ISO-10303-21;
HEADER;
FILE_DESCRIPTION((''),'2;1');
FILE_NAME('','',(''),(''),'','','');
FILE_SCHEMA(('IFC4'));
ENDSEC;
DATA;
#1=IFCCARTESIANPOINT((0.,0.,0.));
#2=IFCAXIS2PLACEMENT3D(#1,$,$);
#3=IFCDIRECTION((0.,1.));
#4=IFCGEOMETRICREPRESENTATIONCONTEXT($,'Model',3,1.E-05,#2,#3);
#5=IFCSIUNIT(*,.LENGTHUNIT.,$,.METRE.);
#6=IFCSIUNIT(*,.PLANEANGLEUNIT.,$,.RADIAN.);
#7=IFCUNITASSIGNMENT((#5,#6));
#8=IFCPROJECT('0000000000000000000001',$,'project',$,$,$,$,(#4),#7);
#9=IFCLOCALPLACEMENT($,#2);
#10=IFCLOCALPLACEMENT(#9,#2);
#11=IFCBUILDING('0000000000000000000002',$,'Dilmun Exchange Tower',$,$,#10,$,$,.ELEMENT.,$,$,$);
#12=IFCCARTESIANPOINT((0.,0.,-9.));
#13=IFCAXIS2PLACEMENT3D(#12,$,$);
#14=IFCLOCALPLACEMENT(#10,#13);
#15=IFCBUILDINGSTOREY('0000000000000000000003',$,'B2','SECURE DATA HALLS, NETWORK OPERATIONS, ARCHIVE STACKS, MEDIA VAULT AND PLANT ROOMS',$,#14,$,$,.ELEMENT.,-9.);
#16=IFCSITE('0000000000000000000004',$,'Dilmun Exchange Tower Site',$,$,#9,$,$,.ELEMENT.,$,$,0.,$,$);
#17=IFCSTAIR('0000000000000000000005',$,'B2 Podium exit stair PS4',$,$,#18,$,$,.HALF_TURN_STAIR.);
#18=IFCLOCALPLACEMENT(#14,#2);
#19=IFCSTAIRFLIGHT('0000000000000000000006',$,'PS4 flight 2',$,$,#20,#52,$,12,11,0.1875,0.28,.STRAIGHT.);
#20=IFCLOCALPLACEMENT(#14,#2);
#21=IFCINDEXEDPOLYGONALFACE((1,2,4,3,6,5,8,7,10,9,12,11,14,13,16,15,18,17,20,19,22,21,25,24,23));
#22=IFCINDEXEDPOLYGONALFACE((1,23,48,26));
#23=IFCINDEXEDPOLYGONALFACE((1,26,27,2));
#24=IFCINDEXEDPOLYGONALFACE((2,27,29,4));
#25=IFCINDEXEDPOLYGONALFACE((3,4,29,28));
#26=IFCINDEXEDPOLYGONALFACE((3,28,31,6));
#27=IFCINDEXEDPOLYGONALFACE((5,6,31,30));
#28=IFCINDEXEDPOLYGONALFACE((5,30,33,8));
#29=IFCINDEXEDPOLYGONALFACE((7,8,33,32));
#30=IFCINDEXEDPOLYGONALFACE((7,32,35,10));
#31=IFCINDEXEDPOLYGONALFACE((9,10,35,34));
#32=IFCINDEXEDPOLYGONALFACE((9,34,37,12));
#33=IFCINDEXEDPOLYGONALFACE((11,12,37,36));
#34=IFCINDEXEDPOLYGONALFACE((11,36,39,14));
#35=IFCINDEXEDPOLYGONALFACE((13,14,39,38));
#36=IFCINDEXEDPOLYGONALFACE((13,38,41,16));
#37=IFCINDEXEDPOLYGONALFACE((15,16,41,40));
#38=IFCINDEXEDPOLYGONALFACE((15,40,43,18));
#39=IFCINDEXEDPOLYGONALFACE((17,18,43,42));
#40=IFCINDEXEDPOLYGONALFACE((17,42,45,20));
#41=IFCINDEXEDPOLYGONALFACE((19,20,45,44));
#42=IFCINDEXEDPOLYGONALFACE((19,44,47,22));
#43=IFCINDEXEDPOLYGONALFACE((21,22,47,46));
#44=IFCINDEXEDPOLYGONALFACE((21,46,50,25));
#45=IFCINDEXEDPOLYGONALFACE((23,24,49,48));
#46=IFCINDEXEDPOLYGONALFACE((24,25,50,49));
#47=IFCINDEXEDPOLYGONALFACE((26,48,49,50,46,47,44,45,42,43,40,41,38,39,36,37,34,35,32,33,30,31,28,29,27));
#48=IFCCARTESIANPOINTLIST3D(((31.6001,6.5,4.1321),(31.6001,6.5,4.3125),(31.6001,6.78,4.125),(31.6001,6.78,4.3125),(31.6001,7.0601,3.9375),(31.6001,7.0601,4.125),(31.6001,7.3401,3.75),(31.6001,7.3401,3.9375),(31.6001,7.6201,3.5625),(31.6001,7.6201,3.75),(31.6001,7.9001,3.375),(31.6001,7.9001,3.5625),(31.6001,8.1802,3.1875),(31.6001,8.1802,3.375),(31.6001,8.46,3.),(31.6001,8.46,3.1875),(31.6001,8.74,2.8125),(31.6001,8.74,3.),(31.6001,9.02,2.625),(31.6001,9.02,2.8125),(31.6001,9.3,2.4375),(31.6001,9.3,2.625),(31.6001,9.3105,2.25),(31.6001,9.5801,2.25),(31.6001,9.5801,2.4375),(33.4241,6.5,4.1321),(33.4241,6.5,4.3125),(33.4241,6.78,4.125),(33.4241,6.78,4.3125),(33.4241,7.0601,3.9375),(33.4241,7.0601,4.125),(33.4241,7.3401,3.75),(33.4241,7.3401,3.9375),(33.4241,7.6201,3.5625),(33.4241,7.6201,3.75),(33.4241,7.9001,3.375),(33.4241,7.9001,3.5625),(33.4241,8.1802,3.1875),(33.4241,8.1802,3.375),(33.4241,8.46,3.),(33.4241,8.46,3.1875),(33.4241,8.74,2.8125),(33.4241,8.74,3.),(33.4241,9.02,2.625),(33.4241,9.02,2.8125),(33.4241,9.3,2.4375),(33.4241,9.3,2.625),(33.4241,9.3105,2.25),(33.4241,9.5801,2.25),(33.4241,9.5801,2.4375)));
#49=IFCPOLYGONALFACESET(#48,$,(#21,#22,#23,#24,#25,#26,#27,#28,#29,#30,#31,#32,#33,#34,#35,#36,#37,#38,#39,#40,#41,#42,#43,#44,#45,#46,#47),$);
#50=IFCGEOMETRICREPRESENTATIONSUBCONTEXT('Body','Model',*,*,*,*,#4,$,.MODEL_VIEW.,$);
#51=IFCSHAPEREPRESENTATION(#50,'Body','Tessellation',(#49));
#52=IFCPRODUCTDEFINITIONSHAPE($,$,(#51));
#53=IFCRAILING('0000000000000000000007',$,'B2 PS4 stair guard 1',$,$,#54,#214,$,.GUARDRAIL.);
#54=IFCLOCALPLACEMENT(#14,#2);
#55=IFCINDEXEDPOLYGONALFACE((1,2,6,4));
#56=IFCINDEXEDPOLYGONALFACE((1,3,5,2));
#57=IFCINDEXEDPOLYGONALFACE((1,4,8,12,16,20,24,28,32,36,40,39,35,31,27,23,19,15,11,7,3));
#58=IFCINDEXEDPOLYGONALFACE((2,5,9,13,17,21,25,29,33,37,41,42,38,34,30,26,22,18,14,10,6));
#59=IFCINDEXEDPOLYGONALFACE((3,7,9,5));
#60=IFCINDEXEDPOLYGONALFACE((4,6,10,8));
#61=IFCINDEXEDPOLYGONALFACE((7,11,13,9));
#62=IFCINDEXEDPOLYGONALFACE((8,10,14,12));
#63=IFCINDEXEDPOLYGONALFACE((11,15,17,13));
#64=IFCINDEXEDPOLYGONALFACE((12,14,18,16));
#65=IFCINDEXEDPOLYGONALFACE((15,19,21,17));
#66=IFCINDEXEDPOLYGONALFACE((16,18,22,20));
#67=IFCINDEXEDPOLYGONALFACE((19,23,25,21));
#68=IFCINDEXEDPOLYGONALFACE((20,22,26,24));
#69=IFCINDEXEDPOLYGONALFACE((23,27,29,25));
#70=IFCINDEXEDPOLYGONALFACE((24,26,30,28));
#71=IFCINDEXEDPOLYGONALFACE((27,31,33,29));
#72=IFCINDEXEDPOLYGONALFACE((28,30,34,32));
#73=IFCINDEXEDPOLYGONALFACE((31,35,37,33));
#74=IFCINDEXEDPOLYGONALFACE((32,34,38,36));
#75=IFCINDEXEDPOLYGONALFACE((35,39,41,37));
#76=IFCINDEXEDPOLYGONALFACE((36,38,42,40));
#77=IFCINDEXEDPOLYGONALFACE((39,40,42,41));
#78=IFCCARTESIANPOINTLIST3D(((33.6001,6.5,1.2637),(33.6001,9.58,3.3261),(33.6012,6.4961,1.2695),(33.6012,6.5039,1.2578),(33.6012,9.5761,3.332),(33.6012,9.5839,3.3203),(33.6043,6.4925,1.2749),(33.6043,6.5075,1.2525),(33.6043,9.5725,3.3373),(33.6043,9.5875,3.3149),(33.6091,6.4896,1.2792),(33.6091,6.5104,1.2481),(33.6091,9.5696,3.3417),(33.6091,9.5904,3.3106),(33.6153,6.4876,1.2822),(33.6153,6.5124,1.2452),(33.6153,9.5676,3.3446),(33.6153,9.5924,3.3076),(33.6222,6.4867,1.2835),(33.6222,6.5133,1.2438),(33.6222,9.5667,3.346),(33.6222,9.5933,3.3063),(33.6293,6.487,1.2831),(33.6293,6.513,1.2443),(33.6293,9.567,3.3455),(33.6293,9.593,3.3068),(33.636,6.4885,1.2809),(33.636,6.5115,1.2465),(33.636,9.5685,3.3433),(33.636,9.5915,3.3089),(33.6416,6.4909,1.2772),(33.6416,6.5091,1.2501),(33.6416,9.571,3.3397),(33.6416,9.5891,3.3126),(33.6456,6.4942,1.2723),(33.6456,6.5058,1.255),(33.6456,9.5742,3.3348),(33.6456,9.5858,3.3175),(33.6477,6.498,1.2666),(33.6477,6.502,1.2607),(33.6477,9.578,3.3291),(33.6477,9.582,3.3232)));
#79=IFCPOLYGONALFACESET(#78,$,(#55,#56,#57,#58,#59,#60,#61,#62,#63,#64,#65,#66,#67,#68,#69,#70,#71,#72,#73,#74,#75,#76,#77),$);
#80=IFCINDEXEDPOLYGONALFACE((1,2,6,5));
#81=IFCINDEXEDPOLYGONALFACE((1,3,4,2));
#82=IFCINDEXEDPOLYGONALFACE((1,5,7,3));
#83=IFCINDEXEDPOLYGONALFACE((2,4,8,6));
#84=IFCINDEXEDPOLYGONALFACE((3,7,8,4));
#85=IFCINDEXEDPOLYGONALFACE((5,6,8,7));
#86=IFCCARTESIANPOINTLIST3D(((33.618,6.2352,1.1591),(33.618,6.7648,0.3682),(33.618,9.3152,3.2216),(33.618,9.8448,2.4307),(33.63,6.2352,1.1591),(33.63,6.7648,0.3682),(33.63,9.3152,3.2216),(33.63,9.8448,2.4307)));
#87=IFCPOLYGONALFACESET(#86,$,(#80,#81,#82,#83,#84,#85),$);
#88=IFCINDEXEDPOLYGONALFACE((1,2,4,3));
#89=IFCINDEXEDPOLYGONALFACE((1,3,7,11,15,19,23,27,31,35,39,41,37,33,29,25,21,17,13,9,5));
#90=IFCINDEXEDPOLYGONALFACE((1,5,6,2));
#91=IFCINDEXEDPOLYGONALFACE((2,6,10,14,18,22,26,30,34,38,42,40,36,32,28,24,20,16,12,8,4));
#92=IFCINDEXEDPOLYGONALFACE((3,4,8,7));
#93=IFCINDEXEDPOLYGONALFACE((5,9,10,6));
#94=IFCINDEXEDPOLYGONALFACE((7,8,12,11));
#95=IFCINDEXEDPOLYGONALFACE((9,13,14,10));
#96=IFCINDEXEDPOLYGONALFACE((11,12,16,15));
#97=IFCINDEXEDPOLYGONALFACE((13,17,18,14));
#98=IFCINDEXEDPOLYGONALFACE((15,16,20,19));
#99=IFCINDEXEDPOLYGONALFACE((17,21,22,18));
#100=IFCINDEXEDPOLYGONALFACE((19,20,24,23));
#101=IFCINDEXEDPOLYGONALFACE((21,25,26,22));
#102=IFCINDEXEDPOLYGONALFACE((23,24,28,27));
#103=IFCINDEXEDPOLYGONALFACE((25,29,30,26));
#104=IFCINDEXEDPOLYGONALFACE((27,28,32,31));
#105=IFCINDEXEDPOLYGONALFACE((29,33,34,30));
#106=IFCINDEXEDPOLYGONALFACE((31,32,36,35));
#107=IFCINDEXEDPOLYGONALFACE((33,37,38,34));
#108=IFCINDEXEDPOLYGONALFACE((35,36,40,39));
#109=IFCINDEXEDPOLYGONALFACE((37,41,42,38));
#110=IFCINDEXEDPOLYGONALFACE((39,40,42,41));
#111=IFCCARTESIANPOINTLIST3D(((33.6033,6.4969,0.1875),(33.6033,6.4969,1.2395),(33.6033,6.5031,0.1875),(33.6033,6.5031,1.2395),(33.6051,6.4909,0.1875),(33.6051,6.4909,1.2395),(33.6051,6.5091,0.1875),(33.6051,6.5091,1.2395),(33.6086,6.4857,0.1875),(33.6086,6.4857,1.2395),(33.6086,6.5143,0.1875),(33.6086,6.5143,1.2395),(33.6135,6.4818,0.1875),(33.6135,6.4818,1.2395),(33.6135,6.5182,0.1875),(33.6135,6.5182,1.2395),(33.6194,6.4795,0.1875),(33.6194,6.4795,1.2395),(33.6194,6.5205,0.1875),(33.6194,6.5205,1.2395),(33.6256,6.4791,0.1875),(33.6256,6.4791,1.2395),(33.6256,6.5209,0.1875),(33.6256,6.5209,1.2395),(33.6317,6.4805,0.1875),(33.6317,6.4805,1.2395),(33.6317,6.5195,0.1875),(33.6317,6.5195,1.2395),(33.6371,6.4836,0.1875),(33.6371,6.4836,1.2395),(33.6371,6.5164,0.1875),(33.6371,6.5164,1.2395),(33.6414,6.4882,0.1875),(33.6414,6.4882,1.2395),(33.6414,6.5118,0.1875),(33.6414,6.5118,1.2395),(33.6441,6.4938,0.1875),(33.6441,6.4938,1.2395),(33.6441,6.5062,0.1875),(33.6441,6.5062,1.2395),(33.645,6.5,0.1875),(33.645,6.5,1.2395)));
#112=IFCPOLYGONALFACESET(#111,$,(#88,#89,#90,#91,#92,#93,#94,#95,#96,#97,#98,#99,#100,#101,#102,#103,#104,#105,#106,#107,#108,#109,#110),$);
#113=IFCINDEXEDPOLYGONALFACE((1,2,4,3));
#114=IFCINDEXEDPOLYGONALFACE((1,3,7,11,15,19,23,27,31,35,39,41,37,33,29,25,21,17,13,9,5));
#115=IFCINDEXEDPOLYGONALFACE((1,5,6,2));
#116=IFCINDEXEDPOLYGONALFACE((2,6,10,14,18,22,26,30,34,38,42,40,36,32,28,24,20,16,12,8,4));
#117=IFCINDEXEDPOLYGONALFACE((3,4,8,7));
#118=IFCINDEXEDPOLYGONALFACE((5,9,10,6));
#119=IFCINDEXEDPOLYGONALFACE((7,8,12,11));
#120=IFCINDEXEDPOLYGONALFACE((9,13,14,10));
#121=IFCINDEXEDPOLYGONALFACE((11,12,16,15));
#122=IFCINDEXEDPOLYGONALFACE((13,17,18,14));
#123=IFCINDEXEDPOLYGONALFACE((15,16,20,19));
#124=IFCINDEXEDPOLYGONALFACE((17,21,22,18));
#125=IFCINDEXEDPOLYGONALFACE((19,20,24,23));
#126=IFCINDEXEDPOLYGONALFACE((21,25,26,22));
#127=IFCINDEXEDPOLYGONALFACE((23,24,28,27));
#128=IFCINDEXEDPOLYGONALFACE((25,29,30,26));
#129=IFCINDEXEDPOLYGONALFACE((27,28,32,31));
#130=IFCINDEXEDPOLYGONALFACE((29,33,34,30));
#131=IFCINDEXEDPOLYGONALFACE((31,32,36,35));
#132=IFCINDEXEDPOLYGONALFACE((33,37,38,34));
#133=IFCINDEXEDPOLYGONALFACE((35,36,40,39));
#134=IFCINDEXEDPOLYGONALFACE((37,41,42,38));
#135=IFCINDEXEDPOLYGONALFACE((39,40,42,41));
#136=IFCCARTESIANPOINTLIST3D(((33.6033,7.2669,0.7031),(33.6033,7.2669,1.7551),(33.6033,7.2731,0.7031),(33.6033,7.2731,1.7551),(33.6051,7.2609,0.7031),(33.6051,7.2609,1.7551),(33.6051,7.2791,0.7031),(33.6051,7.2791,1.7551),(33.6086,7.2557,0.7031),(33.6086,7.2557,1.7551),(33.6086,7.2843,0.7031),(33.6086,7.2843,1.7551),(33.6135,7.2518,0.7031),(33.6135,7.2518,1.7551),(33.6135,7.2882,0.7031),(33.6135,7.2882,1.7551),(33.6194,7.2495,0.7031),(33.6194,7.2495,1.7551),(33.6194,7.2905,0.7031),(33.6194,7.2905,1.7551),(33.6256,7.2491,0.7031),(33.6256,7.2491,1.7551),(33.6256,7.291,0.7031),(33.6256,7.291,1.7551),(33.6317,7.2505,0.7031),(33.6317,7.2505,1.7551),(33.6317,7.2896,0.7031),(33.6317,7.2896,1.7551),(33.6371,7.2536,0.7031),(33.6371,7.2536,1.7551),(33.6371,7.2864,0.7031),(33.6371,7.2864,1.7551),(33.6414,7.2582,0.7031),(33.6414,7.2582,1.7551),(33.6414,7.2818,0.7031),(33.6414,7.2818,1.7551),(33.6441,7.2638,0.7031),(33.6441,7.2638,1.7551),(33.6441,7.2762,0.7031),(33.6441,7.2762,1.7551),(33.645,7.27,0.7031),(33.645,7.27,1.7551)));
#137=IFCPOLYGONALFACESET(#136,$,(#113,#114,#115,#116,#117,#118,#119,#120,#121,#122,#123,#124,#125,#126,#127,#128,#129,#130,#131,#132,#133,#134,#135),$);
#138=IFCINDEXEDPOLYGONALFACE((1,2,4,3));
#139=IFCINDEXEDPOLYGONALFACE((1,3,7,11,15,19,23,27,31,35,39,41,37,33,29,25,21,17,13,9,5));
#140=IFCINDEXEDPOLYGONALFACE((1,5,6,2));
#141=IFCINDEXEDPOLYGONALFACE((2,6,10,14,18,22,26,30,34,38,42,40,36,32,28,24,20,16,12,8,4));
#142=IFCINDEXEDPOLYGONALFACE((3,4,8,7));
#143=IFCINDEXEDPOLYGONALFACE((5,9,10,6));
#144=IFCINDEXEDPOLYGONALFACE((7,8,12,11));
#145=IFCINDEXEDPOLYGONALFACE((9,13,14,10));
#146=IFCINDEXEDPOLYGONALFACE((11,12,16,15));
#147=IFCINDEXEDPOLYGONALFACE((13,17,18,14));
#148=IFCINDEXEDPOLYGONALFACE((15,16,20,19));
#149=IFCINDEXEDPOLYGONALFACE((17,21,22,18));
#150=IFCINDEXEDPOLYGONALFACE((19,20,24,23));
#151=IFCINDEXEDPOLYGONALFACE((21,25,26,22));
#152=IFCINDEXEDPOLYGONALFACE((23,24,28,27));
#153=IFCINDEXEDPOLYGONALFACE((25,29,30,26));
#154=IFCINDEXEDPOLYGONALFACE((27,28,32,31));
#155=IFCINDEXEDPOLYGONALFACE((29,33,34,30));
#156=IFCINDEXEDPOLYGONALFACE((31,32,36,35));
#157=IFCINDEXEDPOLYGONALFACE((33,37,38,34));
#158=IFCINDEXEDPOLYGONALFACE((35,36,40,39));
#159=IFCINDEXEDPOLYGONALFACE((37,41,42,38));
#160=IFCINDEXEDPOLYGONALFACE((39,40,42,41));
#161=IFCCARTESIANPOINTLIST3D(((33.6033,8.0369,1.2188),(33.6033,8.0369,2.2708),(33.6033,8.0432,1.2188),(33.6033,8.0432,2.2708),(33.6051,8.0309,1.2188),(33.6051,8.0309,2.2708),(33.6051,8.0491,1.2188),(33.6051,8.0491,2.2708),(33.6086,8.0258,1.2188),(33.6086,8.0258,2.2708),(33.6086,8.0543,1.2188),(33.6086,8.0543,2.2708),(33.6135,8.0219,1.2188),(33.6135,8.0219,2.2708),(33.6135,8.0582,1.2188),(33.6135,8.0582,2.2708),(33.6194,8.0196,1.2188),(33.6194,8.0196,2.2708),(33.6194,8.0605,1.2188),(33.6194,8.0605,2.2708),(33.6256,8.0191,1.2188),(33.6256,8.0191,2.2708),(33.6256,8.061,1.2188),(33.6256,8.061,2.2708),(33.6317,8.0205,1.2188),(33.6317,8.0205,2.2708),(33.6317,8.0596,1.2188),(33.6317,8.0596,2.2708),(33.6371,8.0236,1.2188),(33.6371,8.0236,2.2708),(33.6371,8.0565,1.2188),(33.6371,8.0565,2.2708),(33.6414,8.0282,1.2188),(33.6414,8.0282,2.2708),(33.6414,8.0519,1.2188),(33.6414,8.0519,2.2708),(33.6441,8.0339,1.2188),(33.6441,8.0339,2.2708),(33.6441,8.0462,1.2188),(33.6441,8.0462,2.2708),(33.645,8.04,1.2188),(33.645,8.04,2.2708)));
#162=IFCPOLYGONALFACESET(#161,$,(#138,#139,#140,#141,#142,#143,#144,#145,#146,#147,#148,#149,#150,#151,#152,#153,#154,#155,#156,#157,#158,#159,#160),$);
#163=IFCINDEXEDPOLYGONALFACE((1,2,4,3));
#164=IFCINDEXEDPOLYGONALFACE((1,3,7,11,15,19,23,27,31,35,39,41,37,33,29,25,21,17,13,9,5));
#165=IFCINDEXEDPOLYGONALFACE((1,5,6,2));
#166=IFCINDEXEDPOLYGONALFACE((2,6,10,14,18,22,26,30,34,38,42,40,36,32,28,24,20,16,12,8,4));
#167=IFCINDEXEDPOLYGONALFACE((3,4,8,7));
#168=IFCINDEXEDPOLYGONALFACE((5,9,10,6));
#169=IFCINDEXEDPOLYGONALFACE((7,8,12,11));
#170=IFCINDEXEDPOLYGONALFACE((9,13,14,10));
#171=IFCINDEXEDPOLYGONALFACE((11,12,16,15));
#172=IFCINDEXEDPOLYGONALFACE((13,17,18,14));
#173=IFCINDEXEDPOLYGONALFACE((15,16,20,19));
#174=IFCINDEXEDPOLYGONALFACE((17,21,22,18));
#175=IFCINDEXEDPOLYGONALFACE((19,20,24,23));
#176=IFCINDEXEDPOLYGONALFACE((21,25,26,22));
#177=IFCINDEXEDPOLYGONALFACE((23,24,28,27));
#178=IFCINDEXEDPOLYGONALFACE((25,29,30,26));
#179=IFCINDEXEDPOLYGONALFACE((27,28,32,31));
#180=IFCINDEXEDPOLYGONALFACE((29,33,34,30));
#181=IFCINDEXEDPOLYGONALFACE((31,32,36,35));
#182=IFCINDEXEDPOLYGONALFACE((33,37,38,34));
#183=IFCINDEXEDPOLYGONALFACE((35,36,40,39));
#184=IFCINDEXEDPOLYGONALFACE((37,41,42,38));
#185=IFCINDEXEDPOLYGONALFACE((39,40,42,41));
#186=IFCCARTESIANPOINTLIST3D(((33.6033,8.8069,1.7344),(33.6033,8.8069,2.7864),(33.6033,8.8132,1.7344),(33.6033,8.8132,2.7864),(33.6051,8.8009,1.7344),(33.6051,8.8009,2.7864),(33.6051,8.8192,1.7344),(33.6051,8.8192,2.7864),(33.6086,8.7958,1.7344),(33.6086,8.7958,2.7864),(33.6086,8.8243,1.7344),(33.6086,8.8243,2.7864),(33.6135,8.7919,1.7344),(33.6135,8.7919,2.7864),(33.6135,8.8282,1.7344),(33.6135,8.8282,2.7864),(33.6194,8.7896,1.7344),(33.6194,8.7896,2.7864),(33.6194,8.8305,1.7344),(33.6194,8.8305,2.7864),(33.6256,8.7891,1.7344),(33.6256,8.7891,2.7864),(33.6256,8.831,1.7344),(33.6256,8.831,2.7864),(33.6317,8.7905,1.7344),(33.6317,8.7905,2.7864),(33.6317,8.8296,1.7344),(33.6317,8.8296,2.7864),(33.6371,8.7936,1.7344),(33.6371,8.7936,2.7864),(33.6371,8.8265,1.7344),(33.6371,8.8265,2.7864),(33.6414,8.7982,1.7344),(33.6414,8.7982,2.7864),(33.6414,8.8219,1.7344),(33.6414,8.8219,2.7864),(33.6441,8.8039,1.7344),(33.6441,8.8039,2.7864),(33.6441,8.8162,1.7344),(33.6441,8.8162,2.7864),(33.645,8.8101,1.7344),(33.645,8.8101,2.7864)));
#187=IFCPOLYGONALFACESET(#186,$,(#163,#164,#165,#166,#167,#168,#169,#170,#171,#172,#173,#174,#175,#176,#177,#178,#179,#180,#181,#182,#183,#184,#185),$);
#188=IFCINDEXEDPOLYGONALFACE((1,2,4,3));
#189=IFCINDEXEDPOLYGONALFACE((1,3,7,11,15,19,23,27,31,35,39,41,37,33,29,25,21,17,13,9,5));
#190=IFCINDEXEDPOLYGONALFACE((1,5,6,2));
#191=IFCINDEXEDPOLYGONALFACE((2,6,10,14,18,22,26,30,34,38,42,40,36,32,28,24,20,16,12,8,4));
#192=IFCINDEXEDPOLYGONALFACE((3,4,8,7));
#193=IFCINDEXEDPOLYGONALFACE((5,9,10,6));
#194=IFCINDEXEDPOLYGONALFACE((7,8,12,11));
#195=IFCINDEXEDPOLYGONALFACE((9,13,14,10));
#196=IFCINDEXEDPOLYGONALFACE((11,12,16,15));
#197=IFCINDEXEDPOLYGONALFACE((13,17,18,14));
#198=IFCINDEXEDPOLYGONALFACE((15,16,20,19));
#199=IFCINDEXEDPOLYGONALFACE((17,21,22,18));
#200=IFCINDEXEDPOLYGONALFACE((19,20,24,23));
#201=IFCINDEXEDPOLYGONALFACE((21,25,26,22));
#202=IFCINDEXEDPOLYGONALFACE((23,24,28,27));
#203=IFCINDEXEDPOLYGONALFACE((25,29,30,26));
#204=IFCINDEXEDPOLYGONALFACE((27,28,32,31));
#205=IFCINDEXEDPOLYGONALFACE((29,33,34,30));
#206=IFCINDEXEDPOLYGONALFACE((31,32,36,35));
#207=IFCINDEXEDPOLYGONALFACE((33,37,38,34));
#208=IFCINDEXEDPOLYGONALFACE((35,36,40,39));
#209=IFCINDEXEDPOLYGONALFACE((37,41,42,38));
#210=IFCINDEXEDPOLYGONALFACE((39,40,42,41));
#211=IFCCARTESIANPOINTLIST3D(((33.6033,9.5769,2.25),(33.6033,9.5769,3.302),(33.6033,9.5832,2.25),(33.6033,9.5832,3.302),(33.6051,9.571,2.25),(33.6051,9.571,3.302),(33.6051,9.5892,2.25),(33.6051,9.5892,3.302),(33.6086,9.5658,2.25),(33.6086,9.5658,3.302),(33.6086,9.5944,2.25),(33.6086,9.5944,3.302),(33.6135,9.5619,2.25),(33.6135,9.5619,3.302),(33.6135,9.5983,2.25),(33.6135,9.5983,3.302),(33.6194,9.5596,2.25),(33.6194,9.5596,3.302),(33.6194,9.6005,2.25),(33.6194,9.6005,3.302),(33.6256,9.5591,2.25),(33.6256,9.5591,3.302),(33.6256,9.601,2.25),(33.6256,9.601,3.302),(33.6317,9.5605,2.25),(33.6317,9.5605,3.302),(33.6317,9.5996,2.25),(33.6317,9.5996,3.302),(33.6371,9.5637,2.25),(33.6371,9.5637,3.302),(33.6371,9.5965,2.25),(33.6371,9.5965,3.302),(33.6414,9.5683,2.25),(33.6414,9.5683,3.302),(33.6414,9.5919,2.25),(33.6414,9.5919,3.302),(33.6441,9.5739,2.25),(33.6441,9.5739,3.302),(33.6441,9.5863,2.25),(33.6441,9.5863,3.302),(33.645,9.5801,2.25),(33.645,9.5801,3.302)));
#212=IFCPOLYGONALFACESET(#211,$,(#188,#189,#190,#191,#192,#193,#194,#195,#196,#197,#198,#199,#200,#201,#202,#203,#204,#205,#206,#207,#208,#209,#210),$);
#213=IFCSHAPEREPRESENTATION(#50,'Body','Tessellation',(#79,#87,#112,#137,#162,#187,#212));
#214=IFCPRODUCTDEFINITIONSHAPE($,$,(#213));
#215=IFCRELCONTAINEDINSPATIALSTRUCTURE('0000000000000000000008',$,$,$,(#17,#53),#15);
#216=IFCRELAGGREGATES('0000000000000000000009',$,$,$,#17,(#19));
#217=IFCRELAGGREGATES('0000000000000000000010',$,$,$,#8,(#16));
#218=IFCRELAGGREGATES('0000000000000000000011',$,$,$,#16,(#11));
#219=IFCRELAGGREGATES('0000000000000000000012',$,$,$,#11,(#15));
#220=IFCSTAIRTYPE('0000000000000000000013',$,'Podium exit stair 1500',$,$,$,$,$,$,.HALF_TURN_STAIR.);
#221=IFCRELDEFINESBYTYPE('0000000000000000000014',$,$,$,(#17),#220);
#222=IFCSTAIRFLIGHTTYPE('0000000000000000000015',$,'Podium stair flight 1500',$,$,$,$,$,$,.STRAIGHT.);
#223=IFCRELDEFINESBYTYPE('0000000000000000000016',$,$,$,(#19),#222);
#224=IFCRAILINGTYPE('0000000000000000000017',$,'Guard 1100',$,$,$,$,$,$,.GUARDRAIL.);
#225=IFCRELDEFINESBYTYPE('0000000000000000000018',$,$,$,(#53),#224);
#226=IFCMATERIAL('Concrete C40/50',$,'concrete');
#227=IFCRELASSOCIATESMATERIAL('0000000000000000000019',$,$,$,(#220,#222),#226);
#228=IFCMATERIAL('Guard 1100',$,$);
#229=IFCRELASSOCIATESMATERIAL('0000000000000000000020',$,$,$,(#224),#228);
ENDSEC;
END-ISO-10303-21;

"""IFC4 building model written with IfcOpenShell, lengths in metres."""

from ifc_helpers import new_model, si_unit, direction, frame, origin, origin_2d, place, context, subcontext, project, spatial, polyline, rectangle, circle, outline, extrude, material, type_object, element, aggregate, save


model = new_model("IFC4")

# Units and contexts
model_context = context("Model", 3, precision=1e-05, world=origin(), true_north=direction((0.0, 1.0)))
body_context = subcontext(model_context, "Body", "Model", "MODEL_VIEW")
ifc_project = project(units=[si_unit("LENGTHUNIT", "METRE"), si_unit("PLANEANGLEUNIT", "RADIAN")], contexts=[model_context])

# Site, building, storey
site_placement = place(None, origin())
site = spatial("IfcSite", under=ifc_project, at=site_placement, Name="Dilmun Exchange Tower Site", CompositionType="ELEMENT", RefElevation=0.0)
building_placement = place(site_placement, origin())
building = spatial("IfcBuilding", under=site, at=building_placement, Name="Dilmun Exchange Tower", CompositionType="ELEMENT")
storey_placement = place(building_placement, frame((0.0, 0.0, -9.0)))
storey = spatial("IfcBuildingStorey", under=building, at=storey_placement, Name="B2", Description="SECURE DATA HALLS, NETWORK OPERATIONS, ARCHIVE STACKS, MEDIA VAULT AND PLANT ROOMS", CompositionType="ELEMENT", Elevation=-9.0)

# Stair, stair flight
ifc_material_1 = material(Name="Concrete C40/50", Category="concrete")
stair_type = type_object("IfcStairType", Name="Podium exit stair 1500", PredefinedType="HALF_TURN_STAIR", material=ifc_material_1)
stair_placement = place(storey_placement, origin())
stair = element("IfcStair", 1, at=stair_placement, inside=storey, type_object=stair_type, Name="B2 Podium exit stair PS4", PredefinedType="HALF_TURN_STAIR")
stair_flight_type = type_object("IfcStairFlightType", Name="Podium stair flight 1500", PredefinedType="STRAIGHT", material=ifc_material_1)
stair_flight_1_placement = place(storey_placement, frame((32.512, 9.5801, 2.25), z_axis=(0.0, 0.0, 1.0), x_axis=(0.0, -1.0, 0.0)))
stair_flight_1 = element("IfcStairFlight", 2, at=stair_flight_1_placement, type_object=stair_flight_type, Name="PS4 flight 2", NumberOfRisers=12, NumberOfTreads=11, PredefinedType="STRAIGHT", RiserHeight=0.1875, TreadLength=0.28, context=body_context, shape_type="SweptSolid", body=[
    extrude(outline(polyline([(0.0, 0.0), (0.0, 0.1875), (0.28, 0.1875), (0.28, 0.375), (0.5601, 0.375), (0.5601, 0.5625), (0.8401, 0.5625), (0.8401, 0.75), (1.1201, 0.75), (1.1201, 0.9375), (1.3999, 0.9375), (1.3999, 1.125), (1.6799, 1.125), (1.6799, 1.3125), (1.96, 1.3125), (1.96, 1.5), (2.24, 1.5), (2.24, 1.6875), (2.52, 1.6875), (2.52, 1.875), (2.8, 1.875), (2.8, 2.0625), (3.0801, 2.0625), (3.0801, 2.25), (3.0801, 1.8821), (0.2695, 0.0), (0.0, 0.0)])), frame((0.0, 0.9121, 0.0), z_axis=(0.0, -1.0, 0.0), x_axis=(1.0, 0.0, 0.0)), (0.0, 0.0, 1.0), 1.824),
])
aggregate(stair, [stair_flight_1])

# Railing
ifc_material_2 = material(Name="Guard 1100")
railing_type_1 = type_object("IfcRailingType", Name="Guard 1100", PredefinedType="GUARDRAIL", material=ifc_material_2)
railing_1_placement = place(storey_placement, frame((33.624, 6.5, 0.1875)))
element("IfcRailing", 3, at=railing_1_placement, inside=storey, type_object=railing_type_1, Name="B2 PS4 stair guard 1", PredefinedType="GUARDRAIL", context=body_context, shape_type="SweptSolid", body=[
    extrude(circle(Radius=0.0239, at=origin_2d()), frame((0.0, 0.0, 1.0762), z_axis=(0.0, 0.830914, 0.556401), x_axis=(-1.0, 0.0, 0.0)), (0.0, 0.0, 1.0), 3.7068),
    extrude(rectangle(XDim=0.012, YDim=0.9519, at=origin_2d()), frame((0.0, 0.0, 0.5762), z_axis=(0.0, 0.830914, 0.556401), x_axis=(-1.0, 0.0, 0.0)), (0.0, 0.0, 1.0), 3.7068),
    extrude(circle(Radius=0.021, at=origin_2d()), origin(), (0.0, 0.0, 1.0), 1.052),
    extrude(circle(Radius=0.021, at=origin_2d()), frame((0.0, 0.77, 0.5156)), (0.0, 0.0, 1.0), 1.052),
    extrude(circle(Radius=0.021, at=origin_2d()), frame((0.0, 1.54, 1.0312)), (0.0, 0.0, 1.0), 1.052),
    extrude(circle(Radius=0.021, at=origin_2d()), frame((0.0, 2.3101, 1.5469)), (0.0, 0.0, 1.0), 1.052),
    extrude(circle(Radius=0.021, at=origin_2d()), frame((0.0, 3.0801, 2.0625)), (0.0, 0.0, 1.0), 1.052),
])

save(model, "model.ifc")
